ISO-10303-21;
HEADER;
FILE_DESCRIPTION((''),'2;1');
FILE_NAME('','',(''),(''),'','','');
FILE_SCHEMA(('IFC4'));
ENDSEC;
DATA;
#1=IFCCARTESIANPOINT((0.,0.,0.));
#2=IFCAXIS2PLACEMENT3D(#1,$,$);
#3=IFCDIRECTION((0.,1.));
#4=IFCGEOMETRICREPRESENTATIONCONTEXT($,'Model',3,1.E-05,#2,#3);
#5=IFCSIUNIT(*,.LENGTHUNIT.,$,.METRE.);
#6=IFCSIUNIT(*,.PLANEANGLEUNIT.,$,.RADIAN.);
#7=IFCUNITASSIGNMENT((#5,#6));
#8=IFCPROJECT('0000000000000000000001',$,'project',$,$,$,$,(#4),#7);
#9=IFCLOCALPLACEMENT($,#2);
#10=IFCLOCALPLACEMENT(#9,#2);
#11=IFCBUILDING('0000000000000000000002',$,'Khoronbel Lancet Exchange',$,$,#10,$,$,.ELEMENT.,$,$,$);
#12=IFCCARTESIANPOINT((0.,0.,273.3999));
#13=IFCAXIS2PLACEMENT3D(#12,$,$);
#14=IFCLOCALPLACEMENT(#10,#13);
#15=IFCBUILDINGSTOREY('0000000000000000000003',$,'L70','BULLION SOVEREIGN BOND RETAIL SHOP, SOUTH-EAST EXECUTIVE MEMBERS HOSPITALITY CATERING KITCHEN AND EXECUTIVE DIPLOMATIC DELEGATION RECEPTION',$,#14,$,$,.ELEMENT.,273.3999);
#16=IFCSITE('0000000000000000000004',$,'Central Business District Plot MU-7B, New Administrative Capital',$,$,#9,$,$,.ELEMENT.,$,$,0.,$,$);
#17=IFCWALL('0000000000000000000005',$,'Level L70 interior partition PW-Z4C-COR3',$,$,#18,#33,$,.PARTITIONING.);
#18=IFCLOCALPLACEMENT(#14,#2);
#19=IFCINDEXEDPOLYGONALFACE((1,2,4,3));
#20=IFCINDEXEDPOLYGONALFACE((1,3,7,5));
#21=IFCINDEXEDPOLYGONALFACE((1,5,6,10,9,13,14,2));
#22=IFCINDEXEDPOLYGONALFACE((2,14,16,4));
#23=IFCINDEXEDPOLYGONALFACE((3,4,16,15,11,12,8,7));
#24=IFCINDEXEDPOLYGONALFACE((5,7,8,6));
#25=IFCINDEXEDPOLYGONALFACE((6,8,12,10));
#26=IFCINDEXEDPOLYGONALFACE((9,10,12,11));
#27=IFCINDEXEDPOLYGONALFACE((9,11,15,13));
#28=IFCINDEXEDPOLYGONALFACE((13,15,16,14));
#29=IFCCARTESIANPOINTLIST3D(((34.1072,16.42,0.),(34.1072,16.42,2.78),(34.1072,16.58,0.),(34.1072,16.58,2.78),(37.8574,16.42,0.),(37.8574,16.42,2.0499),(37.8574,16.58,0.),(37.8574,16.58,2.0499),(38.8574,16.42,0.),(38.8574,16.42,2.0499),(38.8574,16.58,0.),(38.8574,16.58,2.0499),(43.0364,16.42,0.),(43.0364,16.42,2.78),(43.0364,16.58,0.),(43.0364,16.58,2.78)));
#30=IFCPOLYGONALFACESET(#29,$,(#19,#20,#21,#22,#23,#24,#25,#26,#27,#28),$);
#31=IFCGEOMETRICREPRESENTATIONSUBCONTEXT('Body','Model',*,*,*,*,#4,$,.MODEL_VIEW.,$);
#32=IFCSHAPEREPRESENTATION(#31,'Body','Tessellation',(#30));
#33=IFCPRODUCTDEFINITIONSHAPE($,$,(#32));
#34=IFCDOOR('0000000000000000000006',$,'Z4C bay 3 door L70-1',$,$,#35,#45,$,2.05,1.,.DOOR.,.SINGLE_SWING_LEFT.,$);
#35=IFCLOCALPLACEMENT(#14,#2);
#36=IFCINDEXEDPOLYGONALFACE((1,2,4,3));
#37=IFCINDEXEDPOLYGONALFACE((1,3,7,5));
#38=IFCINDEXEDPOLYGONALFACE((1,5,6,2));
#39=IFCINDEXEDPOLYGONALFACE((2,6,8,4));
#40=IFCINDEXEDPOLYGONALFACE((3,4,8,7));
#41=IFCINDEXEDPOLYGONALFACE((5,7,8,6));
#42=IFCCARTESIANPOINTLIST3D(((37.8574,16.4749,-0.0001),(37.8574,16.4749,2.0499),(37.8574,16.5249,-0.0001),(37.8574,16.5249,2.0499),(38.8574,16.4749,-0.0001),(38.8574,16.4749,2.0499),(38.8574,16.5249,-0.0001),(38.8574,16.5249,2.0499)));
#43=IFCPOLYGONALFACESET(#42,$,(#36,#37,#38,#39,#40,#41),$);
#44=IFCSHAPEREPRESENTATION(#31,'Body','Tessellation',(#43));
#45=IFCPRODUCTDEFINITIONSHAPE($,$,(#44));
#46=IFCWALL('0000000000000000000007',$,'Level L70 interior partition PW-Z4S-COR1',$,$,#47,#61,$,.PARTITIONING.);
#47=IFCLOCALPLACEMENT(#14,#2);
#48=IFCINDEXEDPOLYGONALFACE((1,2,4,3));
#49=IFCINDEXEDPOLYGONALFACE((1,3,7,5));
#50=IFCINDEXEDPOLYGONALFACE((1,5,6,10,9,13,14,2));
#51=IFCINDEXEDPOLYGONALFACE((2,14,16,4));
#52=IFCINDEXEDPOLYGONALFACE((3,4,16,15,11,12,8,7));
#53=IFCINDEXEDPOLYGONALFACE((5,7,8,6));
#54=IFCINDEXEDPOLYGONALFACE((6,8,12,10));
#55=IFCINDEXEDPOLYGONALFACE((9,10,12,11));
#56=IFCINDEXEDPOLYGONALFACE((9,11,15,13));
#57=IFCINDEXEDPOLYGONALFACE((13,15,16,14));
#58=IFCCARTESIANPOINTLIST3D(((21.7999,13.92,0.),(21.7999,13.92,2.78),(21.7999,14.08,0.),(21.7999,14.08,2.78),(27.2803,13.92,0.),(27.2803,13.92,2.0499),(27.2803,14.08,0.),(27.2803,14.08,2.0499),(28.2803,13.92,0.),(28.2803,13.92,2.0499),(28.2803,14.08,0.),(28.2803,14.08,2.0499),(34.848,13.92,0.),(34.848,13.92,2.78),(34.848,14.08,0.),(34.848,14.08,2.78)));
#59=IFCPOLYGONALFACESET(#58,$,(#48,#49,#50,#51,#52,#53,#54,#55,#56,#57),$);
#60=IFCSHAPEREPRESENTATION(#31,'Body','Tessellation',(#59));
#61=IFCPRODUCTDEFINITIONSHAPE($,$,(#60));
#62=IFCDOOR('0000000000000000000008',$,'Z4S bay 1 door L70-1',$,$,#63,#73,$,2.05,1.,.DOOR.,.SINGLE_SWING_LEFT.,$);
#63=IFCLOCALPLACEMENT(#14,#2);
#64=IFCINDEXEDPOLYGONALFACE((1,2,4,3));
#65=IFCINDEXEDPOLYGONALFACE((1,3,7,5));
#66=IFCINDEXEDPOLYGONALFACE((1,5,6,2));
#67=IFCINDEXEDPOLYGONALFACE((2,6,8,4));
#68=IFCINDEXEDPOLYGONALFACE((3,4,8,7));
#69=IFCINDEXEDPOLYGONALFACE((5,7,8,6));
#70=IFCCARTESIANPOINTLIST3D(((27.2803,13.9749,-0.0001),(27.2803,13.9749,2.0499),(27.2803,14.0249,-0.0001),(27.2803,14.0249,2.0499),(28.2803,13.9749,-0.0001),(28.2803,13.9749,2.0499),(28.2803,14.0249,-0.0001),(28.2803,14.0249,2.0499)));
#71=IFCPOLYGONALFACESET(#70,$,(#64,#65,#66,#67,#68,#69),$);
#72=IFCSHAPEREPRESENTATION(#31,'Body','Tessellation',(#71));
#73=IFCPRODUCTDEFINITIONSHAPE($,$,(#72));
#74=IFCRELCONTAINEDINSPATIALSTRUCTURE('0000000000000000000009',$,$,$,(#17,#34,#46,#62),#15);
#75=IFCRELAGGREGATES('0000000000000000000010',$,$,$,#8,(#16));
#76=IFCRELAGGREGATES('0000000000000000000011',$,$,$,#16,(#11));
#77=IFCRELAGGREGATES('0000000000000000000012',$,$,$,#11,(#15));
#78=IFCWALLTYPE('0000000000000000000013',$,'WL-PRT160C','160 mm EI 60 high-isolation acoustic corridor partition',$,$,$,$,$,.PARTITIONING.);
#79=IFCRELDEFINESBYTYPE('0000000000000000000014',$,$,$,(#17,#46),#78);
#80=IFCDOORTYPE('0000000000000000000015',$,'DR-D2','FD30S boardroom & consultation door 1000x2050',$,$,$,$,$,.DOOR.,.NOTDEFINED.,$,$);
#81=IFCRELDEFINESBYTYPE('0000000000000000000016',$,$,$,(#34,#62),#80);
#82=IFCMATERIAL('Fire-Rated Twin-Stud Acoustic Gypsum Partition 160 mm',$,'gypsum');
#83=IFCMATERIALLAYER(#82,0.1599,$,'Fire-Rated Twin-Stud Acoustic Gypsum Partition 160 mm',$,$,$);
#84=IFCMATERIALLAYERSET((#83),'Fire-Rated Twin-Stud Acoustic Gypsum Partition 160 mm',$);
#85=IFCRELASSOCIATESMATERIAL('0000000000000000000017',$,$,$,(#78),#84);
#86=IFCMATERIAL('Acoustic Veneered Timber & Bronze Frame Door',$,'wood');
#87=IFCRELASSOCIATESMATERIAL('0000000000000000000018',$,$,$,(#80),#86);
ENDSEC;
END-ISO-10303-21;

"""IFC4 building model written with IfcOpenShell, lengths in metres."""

from ifc_helpers import new_model, si_unit, direction, frame, frame_2d, origin, place, context, subcontext, project, spatial, rectangle, extrude, material, layer, layer_set, type_object, element, fill, save


model = new_model("IFC4")

# Units and contexts
model_context = context("Model", 3, precision=1e-05, world=origin(), true_north=direction((0.0, 1.0)))
body_context = subcontext(model_context, "Body", "Model", "MODEL_VIEW")
ifc_project = project(units=[si_unit("LENGTHUNIT", "METRE"), si_unit("PLANEANGLEUNIT", "RADIAN")], contexts=[model_context])

# Site, building, storey
site_placement = place(None, origin())
site = spatial("IfcSite", under=ifc_project, at=site_placement, Name="Central Business District Plot MU-7B, New Administrative Capital", CompositionType="ELEMENT", RefElevation=0.0)
building_placement = place(site_placement, origin())
building = spatial("IfcBuilding", under=site, at=building_placement, Name="Khoronbel Lancet Exchange", CompositionType="ELEMENT")
storey_placement = place(building_placement, frame((0.0, 0.0, 273.3999)))
storey = spatial("IfcBuildingStorey", under=building, at=storey_placement, Name="L70", Description="BULLION SOVEREIGN BOND RETAIL SHOP, SOUTH-EAST EXECUTIVE MEMBERS HOSPITALITY CATERING KITCHEN AND EXECUTIVE DIPLOMATIC DELEGATION RECEPTION", CompositionType="ELEMENT", Elevation=273.3999)

# Walls, openings, doors
ifc_material_1 = material(Name="Fire-Rated Twin-Stud Acoustic Gypsum Partition 160 mm", Category="gypsum")
ifc_layer_1 = layer(ifc_material_1, 0.1599, Name="Fire-Rated Twin-Stud Acoustic Gypsum Partition 160 mm")
ifc_layer_set_1 = layer_set([ifc_layer_1], Name="Fire-Rated Twin-Stud Acoustic Gypsum Partition 160 mm")
wall_type_1 = type_object("IfcWallType", Name="WL-PRT160C", Description="160 mm EI 60 high-isolation acoustic corridor partition", PredefinedType="PARTITIONING", material=ifc_layer_set_1)
ifc_material_2 = material(Name="Acoustic Veneered Timber & Bronze Frame Door", Category="wood")
door_type_1 = type_object("IfcDoorType", Name="DR-D2", Description="FD30S boardroom & consultation door 1000x2050", OperationType="NOTDEFINED", PredefinedType="DOOR", material=ifc_material_2)
wall_1_placement = place(storey_placement, frame((34.1072, 16.5, 0.0), z_axis=(0.0, 0.0, 1.0), x_axis=(1.0, 0.0, 0.0)))
wall_1 = element("IfcWall", 1, at=wall_1_placement, inside=storey, type_object=wall_type_1, Name="Level L70 interior partition PW-Z4C-COR3", PredefinedType="PARTITIONING", context=body_context, shape_type="SweptSolid", body=[
    extrude(rectangle(XDim=8.9292, YDim=0.1599, at=frame_2d((4.4646, 0.0))), origin(), (0.0, 0.0, 1.0), 2.78),
])
opening_1_placement = place(wall_1_placement, frame((3.7502, 0.0, 0.0)))
opening_1 = element("IfcOpeningElement", 2, at=opening_1_placement, cuts=wall_1, PredefinedType="OPENING", context=body_context, shape_type="SweptSolid", body=[
    extrude(rectangle(XDim=1.0, YDim=2.05, at=frame_2d((0.5, 1.0249))), frame((0.0, 0.0898, 0.0), z_axis=(0.0, -1.0, 0.0), x_axis=(1.0, 0.0, 0.0)), (0.0, 0.0, 1.0), 0.1799),
])
door_1_placement = place(opening_1_placement, origin())
door_1 = element("IfcDoor", 3, at=door_1_placement, inside=storey, type_object=door_type_1, Name="Z4C bay 3 door L70-1", OperationType="SINGLE_SWING_LEFT", OverallHeight=2.05, OverallWidth=1.0, PredefinedType="DOOR", context=body_context, shape_type="SweptSolid", body=[
    extrude(rectangle(XDim=1.0, YDim=2.05, at=frame_2d((0.5, 1.0249))), frame((0.0, 0.0249, 0.0), z_axis=(0.0, -1.0, 0.0), x_axis=(1.0, 0.0, 0.0)), (0.0, 0.0, 1.0), 0.05),
])
fill(opening_1, door_1)
wall_2_placement = place(storey_placement, frame((21.8, 14.0, 0.0), z_axis=(0.0, 0.0, 1.0), x_axis=(1.0, 0.0, 0.0)))
wall_2 = element("IfcWall", 4, at=wall_2_placement, inside=storey, type_object=wall_type_1, Name="Level L70 interior partition PW-Z4S-COR1", PredefinedType="PARTITIONING", context=body_context, shape_type="SweptSolid", body=[
    extrude(rectangle(XDim=13.0481, YDim=0.1599, at=frame_2d((6.5239, 0.0))), origin(), (0.0, 0.0, 1.0), 2.78),
])
opening_2_placement = place(wall_2_placement, frame((5.4802, 0.0, 0.0)))
opening_2 = element("IfcOpeningElement", 5, at=opening_2_placement, cuts=wall_2, PredefinedType="OPENING", context=body_context, shape_type="SweptSolid", body=[
    extrude(rectangle(XDim=1.0, YDim=2.05, at=frame_2d((0.5, 1.0249))), frame((0.0, 0.0898, 0.0), z_axis=(0.0, -1.0, 0.0), x_axis=(1.0, 0.0, 0.0)), (0.0, 0.0, 1.0), 0.1799),
])
door_2_placement = place(opening_2_placement, origin())
door_2 = element("IfcDoor", 6, at=door_2_placement, inside=storey, type_object=door_type_1, Name="Z4S bay 1 door L70-1", OperationType="SINGLE_SWING_LEFT", OverallHeight=2.05, OverallWidth=1.0, PredefinedType="DOOR", context=body_context, shape_type="SweptSolid", body=[
    extrude(rectangle(XDim=1.0, YDim=2.05, at=frame_2d((0.5, 1.0249))), frame((0.0, 0.0249, 0.0), z_axis=(0.0, -1.0, 0.0), x_axis=(1.0, 0.0, 0.0)), (0.0, 0.0, 1.0), 0.05),
])
fill(opening_2, door_2)

save(model, "model.ifc")
